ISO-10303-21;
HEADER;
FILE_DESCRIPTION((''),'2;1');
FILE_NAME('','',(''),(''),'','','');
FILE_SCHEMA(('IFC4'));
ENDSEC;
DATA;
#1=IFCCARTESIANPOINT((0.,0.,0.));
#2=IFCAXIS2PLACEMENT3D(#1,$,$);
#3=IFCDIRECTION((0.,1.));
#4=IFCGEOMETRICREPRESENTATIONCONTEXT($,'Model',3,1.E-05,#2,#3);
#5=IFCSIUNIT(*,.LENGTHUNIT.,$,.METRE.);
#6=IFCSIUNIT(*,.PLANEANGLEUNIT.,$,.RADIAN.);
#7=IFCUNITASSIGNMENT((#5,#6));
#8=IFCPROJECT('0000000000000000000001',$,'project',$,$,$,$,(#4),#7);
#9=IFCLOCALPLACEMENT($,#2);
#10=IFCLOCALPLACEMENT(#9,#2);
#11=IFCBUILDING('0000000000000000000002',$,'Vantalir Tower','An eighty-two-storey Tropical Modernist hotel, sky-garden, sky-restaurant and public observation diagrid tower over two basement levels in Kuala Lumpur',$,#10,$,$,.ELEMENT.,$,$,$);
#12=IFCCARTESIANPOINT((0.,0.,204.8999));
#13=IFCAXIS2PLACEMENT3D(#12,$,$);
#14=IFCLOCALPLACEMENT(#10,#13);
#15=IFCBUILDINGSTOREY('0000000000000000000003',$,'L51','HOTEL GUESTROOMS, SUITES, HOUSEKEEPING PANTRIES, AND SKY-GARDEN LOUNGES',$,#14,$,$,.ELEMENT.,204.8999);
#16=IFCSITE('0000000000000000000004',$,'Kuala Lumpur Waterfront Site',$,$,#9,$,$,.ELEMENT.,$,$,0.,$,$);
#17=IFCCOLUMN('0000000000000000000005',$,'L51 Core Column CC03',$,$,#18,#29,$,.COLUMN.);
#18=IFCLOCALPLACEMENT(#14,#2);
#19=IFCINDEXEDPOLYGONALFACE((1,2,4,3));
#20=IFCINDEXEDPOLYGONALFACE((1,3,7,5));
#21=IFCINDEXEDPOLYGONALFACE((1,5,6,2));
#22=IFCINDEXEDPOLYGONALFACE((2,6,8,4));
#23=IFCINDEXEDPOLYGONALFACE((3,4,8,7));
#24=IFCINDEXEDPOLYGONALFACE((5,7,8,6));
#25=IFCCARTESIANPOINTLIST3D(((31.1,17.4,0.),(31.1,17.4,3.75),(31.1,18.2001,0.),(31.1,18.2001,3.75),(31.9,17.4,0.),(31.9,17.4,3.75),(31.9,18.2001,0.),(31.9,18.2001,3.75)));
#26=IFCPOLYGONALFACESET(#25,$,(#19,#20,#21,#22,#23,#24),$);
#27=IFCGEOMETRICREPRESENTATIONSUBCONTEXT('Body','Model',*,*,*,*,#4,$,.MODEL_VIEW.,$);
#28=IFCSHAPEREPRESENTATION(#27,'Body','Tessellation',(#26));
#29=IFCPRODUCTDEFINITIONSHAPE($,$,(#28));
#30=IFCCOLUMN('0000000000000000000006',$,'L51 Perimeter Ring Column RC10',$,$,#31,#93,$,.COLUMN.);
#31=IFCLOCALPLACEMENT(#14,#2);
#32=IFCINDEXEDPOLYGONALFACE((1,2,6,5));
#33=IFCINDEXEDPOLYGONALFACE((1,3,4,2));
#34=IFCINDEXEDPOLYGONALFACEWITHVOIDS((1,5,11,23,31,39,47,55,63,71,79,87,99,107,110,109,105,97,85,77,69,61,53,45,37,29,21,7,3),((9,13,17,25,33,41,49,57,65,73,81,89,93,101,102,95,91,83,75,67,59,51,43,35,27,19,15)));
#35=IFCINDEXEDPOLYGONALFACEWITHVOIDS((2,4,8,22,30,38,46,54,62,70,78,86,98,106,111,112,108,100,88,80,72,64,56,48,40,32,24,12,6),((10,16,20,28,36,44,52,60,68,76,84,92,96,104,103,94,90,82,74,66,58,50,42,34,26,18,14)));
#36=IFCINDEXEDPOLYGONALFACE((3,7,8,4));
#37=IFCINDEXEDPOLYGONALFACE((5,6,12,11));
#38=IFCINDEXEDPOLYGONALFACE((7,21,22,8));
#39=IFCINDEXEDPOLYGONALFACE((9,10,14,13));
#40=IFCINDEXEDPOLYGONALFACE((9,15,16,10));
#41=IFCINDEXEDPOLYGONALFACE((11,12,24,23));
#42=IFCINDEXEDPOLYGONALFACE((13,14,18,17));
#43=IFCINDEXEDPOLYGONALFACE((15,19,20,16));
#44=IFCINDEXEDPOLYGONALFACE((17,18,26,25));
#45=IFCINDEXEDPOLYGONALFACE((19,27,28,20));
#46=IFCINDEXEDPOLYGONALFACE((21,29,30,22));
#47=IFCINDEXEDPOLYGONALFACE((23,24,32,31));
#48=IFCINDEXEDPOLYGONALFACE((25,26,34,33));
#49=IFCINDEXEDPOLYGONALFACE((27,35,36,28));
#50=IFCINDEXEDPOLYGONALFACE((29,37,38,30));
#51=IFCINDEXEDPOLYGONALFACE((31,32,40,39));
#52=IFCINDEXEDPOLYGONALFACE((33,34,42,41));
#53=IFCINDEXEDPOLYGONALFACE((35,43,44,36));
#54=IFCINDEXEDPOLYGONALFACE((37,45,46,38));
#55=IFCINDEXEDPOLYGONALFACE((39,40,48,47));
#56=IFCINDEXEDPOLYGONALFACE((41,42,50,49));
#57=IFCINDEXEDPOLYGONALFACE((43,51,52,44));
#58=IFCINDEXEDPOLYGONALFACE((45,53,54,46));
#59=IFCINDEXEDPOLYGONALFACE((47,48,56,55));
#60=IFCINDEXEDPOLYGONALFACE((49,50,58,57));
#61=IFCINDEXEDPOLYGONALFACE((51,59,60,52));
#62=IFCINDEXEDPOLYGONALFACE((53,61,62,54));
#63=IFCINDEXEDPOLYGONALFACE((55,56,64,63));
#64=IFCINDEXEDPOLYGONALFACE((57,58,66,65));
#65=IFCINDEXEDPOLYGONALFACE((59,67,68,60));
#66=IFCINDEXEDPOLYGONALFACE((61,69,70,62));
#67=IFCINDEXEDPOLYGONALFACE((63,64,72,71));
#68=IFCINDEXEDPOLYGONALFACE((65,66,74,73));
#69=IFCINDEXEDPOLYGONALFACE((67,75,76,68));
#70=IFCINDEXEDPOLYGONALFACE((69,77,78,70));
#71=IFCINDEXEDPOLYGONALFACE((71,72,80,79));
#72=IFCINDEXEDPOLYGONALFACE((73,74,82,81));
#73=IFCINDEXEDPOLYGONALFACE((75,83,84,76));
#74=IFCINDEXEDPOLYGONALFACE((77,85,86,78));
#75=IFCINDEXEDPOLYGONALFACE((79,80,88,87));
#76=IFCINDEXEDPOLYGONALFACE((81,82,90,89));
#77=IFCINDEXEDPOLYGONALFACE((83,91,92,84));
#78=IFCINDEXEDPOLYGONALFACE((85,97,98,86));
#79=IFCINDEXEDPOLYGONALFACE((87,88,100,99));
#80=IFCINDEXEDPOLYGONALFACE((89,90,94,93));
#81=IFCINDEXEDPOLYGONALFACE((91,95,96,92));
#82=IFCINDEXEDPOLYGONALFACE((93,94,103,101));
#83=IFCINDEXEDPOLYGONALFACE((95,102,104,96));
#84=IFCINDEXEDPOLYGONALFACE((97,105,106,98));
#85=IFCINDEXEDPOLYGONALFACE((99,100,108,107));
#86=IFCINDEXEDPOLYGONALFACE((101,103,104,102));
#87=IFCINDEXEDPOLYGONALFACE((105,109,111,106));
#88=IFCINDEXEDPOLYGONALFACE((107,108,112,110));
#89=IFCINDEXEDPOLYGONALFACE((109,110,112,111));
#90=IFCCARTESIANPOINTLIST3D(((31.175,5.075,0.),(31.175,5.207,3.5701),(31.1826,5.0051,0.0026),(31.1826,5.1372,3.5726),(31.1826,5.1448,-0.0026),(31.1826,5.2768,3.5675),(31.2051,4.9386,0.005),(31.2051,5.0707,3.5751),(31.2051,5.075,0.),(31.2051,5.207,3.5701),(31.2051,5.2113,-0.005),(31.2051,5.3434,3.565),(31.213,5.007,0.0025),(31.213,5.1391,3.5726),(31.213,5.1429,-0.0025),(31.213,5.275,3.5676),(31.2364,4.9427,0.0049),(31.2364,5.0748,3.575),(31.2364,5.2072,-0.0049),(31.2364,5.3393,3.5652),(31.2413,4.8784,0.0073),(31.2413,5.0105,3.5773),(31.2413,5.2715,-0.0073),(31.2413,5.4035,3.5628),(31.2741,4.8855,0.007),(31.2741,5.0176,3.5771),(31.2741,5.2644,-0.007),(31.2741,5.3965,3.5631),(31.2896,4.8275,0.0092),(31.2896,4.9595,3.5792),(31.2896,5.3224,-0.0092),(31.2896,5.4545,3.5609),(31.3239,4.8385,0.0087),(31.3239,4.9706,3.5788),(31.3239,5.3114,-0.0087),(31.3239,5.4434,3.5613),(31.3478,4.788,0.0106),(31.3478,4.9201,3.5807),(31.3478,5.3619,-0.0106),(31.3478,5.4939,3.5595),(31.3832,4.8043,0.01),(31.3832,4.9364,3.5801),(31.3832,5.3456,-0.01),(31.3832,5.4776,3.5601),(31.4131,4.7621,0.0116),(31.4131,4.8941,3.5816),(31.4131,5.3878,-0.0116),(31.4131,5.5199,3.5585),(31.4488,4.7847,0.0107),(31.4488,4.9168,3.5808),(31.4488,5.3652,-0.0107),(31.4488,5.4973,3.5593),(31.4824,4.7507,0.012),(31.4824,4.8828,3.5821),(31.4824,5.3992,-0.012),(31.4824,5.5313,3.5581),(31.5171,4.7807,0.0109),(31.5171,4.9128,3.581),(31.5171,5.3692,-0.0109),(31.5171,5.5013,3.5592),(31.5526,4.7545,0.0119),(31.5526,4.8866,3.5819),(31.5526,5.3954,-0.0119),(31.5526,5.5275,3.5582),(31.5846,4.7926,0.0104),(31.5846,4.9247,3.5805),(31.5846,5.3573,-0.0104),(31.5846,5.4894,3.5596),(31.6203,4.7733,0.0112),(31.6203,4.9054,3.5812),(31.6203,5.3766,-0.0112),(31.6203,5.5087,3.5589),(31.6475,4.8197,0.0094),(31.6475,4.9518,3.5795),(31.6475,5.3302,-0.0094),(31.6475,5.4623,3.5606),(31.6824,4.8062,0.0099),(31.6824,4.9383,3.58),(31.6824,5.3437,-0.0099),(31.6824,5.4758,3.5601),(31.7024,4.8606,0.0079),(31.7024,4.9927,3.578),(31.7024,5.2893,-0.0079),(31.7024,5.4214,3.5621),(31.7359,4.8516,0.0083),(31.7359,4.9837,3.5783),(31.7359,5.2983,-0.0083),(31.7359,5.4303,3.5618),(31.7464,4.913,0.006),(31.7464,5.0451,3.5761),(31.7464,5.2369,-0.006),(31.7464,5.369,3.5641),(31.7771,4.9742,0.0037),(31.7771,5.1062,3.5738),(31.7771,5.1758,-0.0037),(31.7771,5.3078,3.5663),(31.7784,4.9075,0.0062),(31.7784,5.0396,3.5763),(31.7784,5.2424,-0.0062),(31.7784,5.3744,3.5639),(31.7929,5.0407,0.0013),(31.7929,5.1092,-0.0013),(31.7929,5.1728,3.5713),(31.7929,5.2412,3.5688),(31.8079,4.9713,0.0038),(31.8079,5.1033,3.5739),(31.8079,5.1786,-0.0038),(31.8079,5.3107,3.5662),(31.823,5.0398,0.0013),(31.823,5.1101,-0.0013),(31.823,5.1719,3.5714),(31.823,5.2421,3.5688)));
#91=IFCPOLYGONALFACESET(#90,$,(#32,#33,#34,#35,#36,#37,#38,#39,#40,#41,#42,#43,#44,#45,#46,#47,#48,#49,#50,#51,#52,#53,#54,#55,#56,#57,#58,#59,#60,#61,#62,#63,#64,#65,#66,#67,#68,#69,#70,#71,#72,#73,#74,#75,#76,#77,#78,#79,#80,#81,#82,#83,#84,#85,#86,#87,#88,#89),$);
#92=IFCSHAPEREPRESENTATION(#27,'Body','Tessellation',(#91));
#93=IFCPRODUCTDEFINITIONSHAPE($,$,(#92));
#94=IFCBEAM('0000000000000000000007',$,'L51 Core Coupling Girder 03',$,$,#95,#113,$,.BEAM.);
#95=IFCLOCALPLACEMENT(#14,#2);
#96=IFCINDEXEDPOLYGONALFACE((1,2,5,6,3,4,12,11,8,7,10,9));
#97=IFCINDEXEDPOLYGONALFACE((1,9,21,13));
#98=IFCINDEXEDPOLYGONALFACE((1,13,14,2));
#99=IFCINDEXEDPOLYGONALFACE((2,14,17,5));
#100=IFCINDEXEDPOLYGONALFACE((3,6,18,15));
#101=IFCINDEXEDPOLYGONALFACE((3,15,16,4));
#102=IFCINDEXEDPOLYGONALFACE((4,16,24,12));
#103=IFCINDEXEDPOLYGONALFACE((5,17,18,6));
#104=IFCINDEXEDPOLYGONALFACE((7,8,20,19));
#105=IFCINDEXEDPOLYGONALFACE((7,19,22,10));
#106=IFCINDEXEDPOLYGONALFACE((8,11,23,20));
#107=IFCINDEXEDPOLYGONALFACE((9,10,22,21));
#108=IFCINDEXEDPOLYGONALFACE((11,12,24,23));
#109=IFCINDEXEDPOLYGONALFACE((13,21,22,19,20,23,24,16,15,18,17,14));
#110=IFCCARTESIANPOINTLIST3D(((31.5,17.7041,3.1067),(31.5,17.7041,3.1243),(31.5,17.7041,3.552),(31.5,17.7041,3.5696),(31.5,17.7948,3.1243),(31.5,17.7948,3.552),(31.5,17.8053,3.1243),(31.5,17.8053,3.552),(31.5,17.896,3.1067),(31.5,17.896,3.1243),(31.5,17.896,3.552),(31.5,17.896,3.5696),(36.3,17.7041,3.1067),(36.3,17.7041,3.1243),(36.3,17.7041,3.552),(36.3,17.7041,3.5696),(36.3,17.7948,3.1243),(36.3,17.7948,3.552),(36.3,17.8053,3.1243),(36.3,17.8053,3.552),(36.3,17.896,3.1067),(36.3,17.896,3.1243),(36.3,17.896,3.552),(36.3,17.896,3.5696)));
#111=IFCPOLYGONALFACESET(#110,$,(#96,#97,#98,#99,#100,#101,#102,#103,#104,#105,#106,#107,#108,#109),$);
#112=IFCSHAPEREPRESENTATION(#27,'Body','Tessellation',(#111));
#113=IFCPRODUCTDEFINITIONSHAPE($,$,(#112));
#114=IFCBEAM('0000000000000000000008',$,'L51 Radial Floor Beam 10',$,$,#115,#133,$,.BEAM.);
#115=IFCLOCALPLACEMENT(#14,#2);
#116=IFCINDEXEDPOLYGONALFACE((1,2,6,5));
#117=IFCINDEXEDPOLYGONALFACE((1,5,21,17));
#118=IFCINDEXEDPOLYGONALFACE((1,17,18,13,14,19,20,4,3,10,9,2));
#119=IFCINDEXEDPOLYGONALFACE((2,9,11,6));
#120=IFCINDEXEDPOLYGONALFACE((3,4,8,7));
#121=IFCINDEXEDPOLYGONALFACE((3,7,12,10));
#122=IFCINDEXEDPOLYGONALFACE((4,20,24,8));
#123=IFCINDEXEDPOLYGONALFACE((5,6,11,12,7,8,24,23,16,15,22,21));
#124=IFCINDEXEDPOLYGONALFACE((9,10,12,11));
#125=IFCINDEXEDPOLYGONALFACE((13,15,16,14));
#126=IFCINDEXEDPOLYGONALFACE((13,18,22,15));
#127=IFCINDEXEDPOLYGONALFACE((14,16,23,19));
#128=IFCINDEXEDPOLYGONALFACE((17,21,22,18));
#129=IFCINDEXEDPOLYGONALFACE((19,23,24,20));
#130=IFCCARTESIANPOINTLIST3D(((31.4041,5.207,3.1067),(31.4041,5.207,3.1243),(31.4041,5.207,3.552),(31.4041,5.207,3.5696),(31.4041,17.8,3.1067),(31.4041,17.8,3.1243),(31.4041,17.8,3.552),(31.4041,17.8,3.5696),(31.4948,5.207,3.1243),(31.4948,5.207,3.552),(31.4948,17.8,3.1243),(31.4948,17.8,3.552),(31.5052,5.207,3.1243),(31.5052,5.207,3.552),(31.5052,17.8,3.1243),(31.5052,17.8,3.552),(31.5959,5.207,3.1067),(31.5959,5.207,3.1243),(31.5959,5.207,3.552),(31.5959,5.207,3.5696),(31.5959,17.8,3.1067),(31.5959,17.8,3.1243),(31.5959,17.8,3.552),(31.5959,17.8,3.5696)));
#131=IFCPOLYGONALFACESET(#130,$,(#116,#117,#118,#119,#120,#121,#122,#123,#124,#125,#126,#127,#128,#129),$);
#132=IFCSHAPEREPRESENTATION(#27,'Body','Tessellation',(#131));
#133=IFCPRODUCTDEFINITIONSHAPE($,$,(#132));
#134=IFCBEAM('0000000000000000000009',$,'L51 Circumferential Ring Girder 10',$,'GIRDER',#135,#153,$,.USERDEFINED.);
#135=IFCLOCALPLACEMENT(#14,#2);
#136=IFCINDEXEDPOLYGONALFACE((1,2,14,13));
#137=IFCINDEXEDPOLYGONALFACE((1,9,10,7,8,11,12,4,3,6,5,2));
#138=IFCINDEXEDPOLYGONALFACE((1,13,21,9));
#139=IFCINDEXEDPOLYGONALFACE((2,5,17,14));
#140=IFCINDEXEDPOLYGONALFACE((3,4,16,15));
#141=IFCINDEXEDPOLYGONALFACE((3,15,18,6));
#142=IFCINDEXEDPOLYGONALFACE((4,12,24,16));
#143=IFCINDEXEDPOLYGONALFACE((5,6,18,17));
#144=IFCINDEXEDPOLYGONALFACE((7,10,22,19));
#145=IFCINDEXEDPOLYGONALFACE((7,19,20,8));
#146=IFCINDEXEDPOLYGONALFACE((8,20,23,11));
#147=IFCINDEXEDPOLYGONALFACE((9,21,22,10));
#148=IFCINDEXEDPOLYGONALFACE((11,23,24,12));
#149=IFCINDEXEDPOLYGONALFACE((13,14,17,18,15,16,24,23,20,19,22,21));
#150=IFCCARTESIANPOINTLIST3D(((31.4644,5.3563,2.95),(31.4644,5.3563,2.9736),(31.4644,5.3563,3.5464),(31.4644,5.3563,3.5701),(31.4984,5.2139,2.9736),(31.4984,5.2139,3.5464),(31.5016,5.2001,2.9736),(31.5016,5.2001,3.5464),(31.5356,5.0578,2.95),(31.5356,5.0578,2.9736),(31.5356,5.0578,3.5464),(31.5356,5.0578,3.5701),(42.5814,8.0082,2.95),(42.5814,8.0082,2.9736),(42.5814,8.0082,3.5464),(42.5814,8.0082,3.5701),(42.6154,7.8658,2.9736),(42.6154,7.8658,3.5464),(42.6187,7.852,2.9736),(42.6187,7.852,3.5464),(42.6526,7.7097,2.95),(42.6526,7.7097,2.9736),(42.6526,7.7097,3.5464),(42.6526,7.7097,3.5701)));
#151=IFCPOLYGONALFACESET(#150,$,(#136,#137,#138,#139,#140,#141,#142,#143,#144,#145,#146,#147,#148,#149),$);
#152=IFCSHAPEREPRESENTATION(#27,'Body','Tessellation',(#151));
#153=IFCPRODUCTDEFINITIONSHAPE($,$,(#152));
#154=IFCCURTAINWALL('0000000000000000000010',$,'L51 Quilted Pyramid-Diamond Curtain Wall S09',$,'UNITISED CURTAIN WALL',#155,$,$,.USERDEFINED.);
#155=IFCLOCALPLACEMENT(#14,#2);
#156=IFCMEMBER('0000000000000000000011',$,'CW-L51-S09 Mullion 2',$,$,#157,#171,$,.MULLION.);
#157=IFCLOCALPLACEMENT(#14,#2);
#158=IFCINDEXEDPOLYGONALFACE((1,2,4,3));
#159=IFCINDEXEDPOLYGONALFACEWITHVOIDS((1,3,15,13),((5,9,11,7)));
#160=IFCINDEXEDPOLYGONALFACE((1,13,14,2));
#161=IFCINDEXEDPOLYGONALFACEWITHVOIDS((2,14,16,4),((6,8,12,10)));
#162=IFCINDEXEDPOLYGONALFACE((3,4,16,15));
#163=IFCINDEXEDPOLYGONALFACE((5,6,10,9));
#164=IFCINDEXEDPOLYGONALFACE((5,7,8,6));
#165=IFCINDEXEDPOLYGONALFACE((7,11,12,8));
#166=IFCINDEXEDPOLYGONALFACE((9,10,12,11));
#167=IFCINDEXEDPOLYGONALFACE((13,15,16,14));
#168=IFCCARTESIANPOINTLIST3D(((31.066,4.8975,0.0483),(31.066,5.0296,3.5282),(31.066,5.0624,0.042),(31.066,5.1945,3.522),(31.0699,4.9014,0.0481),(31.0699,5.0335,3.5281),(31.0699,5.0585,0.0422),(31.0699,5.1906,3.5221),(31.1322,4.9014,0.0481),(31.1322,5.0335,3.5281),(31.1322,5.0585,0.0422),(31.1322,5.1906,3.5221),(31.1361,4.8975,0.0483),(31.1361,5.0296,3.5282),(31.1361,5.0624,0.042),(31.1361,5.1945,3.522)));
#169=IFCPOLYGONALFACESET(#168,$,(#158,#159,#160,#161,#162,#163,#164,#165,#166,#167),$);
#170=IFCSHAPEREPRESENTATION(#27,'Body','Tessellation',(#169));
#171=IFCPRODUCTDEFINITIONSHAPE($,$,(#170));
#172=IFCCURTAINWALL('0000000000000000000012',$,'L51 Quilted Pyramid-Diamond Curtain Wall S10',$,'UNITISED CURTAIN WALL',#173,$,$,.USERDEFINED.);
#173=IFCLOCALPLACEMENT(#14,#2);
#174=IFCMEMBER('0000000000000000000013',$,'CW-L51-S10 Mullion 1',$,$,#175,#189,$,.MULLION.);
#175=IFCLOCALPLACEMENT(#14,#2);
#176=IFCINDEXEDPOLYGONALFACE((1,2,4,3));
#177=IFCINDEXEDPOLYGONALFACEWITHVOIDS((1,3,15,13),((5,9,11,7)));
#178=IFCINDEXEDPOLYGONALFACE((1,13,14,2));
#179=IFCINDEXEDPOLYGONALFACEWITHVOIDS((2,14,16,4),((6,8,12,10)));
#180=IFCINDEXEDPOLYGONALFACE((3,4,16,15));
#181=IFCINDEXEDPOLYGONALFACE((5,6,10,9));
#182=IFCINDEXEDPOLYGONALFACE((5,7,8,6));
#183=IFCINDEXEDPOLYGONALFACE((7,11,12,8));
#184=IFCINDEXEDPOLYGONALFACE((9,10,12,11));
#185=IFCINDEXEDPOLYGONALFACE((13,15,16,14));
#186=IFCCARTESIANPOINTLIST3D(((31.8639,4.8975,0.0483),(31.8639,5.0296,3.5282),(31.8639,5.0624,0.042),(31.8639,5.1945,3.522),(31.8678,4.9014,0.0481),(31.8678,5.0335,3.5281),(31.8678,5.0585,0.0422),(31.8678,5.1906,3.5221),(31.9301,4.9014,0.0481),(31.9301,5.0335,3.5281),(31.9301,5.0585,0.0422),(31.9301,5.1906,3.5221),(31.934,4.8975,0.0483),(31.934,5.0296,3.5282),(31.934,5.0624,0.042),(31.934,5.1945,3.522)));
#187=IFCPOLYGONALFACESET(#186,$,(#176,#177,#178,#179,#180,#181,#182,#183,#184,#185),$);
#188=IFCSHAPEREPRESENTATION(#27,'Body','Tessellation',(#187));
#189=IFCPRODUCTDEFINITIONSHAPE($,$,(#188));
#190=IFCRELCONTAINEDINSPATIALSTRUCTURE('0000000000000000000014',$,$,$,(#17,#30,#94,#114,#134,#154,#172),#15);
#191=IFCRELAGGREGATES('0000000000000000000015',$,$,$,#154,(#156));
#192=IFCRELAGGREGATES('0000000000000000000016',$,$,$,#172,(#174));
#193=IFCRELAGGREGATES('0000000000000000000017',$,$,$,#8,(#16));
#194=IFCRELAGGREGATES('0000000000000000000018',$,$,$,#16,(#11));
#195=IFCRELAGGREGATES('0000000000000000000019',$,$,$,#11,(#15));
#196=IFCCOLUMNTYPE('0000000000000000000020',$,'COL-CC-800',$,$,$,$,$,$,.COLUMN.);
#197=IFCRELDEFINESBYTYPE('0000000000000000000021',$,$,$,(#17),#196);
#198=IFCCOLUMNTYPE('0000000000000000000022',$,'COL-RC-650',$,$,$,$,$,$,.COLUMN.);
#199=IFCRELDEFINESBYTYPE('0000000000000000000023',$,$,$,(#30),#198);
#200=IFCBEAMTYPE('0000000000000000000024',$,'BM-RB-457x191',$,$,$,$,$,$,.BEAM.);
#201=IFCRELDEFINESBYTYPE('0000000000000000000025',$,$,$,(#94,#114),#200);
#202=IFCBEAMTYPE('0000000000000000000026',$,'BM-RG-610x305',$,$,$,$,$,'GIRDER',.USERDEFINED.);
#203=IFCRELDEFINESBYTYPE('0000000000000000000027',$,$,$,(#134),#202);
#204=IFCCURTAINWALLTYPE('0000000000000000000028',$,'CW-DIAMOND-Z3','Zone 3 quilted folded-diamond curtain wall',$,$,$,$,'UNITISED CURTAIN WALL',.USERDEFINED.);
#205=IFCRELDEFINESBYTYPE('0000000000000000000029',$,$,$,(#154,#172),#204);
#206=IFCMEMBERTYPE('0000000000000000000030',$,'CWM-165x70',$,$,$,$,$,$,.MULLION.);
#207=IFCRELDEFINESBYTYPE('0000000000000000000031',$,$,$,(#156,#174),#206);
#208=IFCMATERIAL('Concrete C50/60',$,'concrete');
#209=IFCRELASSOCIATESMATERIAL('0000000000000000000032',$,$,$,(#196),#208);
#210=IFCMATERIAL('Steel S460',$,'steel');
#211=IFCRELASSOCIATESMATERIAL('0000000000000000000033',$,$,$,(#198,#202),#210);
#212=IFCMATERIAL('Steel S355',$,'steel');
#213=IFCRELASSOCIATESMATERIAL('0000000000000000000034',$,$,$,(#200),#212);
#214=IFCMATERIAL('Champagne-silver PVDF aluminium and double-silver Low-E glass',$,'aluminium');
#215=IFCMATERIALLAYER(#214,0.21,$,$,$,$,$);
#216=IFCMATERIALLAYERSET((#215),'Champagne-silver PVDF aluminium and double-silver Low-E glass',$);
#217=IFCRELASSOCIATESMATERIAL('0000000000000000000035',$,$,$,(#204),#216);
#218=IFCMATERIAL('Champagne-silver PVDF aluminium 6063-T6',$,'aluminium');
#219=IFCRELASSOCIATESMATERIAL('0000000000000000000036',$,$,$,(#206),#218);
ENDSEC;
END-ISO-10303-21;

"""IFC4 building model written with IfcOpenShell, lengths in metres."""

from ifc_helpers import new_model, si_unit, direction, frame, origin, origin_2d, place, context, subcontext, project, spatial, rectangle, hollow_rectangle, hollow_circle, i_section, extrude, material, layer, layer_set, material_profile, profile_set, type_object, element, aggregate, save


model = new_model("IFC4")

# Units and contexts
model_context = context("Model", 3, precision=1e-05, world=origin(), true_north=direction((0.0, 1.0)))
body_context = subcontext(model_context, "Body", "Model", "MODEL_VIEW")
ifc_project = project(units=[si_unit("LENGTHUNIT", "METRE"), si_unit("PLANEANGLEUNIT", "RADIAN")], contexts=[model_context])

# Site, building, storey
site_placement = place(None, origin())
site = spatial("IfcSite", under=ifc_project, at=site_placement, Name="Kuala Lumpur Waterfront Site", CompositionType="ELEMENT", RefElevation=0.0)
building_placement = place(site_placement, origin())
building = spatial("IfcBuilding", under=site, at=building_placement, Name="Vantalir Tower", Description="An eighty-two-storey Tropical Modernist hotel, sky-garden, sky-restaurant and public observation diagrid tower over two basement levels in Kuala Lumpur", CompositionType="ELEMENT")
storey_placement = place(building_placement, frame((0.0, 0.0, 204.8999)))
storey = spatial("IfcBuildingStorey", under=building, at=storey_placement, Name="L51", Description="HOTEL GUESTROOMS, SUITES, HOUSEKEEPING PANTRIES, AND SKY-GARDEN LOUNGES", CompositionType="ELEMENT", Elevation=204.8999)

# Columns
ifc_material_1 = material(Name="Concrete C50/60", Category="concrete")
ifc_material_profile_1 = material_profile(ifc_material_1, rectangle(XDim=0.8, YDim=0.8, at=origin_2d()), Name="Concrete C50/60")
ifc_profile_set_1 = profile_set([ifc_material_profile_1], Name="Concrete C50/60")
column_type_1 = type_object("IfcColumnType", Name="COL-CC-800", PredefinedType="COLUMN", material=ifc_profile_set_1)
column_1_placement = place(storey_placement, frame((31.5, 17.8, 0.0), z_axis=(0.0, 0.0, 1.0), x_axis=(1.0, 0.0, 0.0)))
element("IfcColumn", 1, at=column_1_placement, inside=storey, type_object=column_type_1, Name="L51 Core Column CC03", PredefinedType="COLUMN", context=body_context, shape_type="SweptSolid", body=[
    extrude(rectangle(XDim=0.8, YDim=0.8, at=origin_2d()), origin(), (0.0, 0.0, 1.0), 3.75),
])
ifc_material_2 = material(Name="Steel S460", Category="steel")
ifc_material_profile_2 = material_profile(ifc_material_2, hollow_circle(Radius=0.325, WallThickness=0.03, at=origin_2d()), Name="Steel S460")
ifc_profile_set_2 = profile_set([ifc_material_profile_2], Name="Steel S460")
column_type_2 = type_object("IfcColumnType", Name="COL-RC-650", PredefinedType="COLUMN", material=ifc_profile_set_2)
column_2_placement = place(storey_placement, frame((31.5, 5.075, 0.0), z_axis=(0.0, 0.036971, 0.999316), x_axis=(-1.0, 0.0, 0.0)))
element("IfcColumn", 2, at=column_2_placement, inside=storey, type_object=column_type_2, Name="L51 Perimeter Ring Column RC10", PredefinedType="COLUMN", context=body_context, shape_type="SweptSolid", body=[
    extrude(hollow_circle(Radius=0.325, WallThickness=0.03, at=origin_2d()), origin(), (0.0, 0.0, 1.0), 3.5725),
])

# Beams
ifc_material_3 = material(Name="Steel S355", Category="steel")
ifc_material_profile_3 = material_profile(ifc_material_3, i_section(OverallWidth=0.1919, OverallDepth=0.4629, WebThickness=0.0105, FlangeThickness=0.0176, at=origin_2d()), Name="Steel S355")
ifc_profile_set_3 = profile_set([ifc_material_profile_3], Name="Steel S355")
beam_type_1 = type_object("IfcBeamType", Name="BM-RB-457x191", PredefinedType="BEAM", material=ifc_profile_set_3)
beam_1_placement = place(storey_placement, frame((31.5, 17.8, 3.3381), z_axis=(1.0, 0.0, 0.0), x_axis=(0.0, 1.0, 0.0)))
element("IfcBeam", 3, at=beam_1_placement, inside=storey, type_object=beam_type_1, Name="L51 Core Coupling Girder 03", PredefinedType="BEAM", context=body_context, shape_type="SweptSolid", body=[
    extrude(i_section(OverallWidth=0.1919, OverallDepth=0.4629, WebThickness=0.0105, FlangeThickness=0.0176, at=origin_2d()), origin(), (0.0, 0.0, 1.0), 4.8),
])
beam_2_placement = place(storey_placement, frame((31.5, 5.207, 3.3381), z_axis=(0.0, 1.0, 0.0), x_axis=(-1.0, 0.0, 0.0)))
element("IfcBeam", 4, at=beam_2_placement, inside=storey, type_object=beam_type_1, Name="L51 Radial Floor Beam 10", PredefinedType="BEAM", context=body_context, shape_type="SweptSolid", body=[
    extrude(i_section(OverallWidth=0.1919, OverallDepth=0.4629, WebThickness=0.0105, FlangeThickness=0.0176, at=origin_2d()), origin(), (0.0, 0.0, 1.0), 12.593),
])
ifc_material_profile_4 = material_profile(ifc_material_2, i_section(OverallWidth=0.3069, OverallDepth=0.6201, WebThickness=0.0142, FlangeThickness=0.0237, at=origin_2d()), Name="Steel S460")
ifc_profile_set_4 = profile_set([ifc_material_profile_4], Name="Steel S460")
beam_type_2 = type_object("IfcBeamType", Name="BM-RG-610x305", ElementType="GIRDER", PredefinedType="USERDEFINED", material=ifc_profile_set_4)
beam_3_placement = place(storey_placement, frame((31.5, 5.207, 3.26), z_axis=(0.972708, 0.232032, 0.0), x_axis=(-0.232032, 0.972708, 0.0)))
element("IfcBeam", 5, at=beam_3_placement, inside=storey, type_object=beam_type_2, Name="L51 Circumferential Ring Girder 10", ObjectType="GIRDER", PredefinedType="USERDEFINED", context=body_context, shape_type="SweptSolid", body=[
    extrude(i_section(OverallWidth=0.3069, OverallDepth=0.6201, WebThickness=0.0142, FlangeThickness=0.0237, at=origin_2d()), origin(), (0.0, 0.0, 1.0), 11.429),
])

# Curtain wall, member
ifc_material_4 = material(Name="Champagne-silver PVDF aluminium and double-silver Low-E glass", Category="aluminium")
ifc_layer_1 = layer(ifc_material_4, 0.21)
ifc_layer_set_1 = layer_set([ifc_layer_1], Name="Champagne-silver PVDF aluminium and double-silver Low-E glass")
curtain_wall_type = type_object("IfcCurtainWallType", Name="CW-DIAMOND-Z3", Description="Zone 3 quilted folded-diamond curtain wall", ElementType="UNITISED CURTAIN WALL", PredefinedType="USERDEFINED", material=ifc_layer_set_1)
curtain_wall_1_placement = place(storey_placement, origin())
curtain_wall_1 = element("IfcCurtainWall", 6, at=curtain_wall_1_placement, inside=storey, type_object=curtain_wall_type, Name="L51 Quilted Pyramid-Diamond Curtain Wall S09", ObjectType="UNITISED CURTAIN WALL", PredefinedType="USERDEFINED")
ifc_material_5 = material(Name="Champagne-silver PVDF aluminium 6063-T6", Category="aluminium")
ifc_material_profile_5 = material_profile(ifc_material_5, hollow_rectangle(XDim=0.0701, YDim=0.165, WallThickness=0.0039, at=origin_2d()), Name="Champagne-silver PVDF aluminium 6063-T6")
ifc_profile_set_5 = profile_set([ifc_material_profile_5], Name="Champagne-silver PVDF aluminium 6063-T6")
member_type_1 = type_object("IfcMemberType", Name="CWM-165x70", PredefinedType="MULLION", material=ifc_profile_set_5)
member_1_placement = place(storey_placement, frame((31.1011, 4.98, 0.0452), z_axis=(0.0, 0.037927, 0.999281), x_axis=(-1.0, 0.0, 0.0)))
member_1 = element("IfcMember", 7, at=member_1_placement, type_object=member_type_1, Name="CW-L51-S09 Mullion 2", PredefinedType="MULLION", context=body_context, shape_type="SweptSolid", body=[
    extrude(hollow_rectangle(XDim=0.0701, YDim=0.165, WallThickness=0.0039, at=origin_2d()), origin(), (0.0, 0.0, 1.0), 3.4824),
])
aggregate(curtain_wall_1, [member_1])

# Curtain wall, member
curtain_wall_2_placement = place(storey_placement, origin())
curtain_wall_2 = element("IfcCurtainWall", 8, at=curtain_wall_2_placement, inside=storey, type_object=curtain_wall_type, Name="L51 Quilted Pyramid-Diamond Curtain Wall S10", ObjectType="UNITISED CURTAIN WALL", PredefinedType="USERDEFINED")
member_2_placement = place(storey_placement, frame((31.8989, 4.98, 0.0452), z_axis=(0.0, 0.037927, 0.999281), x_axis=(-1.0, 0.0, 0.0)))
member_2 = element("IfcMember", 9, at=member_2_placement, type_object=member_type_1, Name="CW-L51-S10 Mullion 1", PredefinedType="MULLION", context=body_context, shape_type="SweptSolid", body=[
    extrude(hollow_rectangle(XDim=0.0701, YDim=0.165, WallThickness=0.0039, at=origin_2d()), origin(), (0.0, 0.0, 1.0), 3.4824),
])

aggregate(curtain_wall_2, [member_2])

save(model, "model.ifc")
